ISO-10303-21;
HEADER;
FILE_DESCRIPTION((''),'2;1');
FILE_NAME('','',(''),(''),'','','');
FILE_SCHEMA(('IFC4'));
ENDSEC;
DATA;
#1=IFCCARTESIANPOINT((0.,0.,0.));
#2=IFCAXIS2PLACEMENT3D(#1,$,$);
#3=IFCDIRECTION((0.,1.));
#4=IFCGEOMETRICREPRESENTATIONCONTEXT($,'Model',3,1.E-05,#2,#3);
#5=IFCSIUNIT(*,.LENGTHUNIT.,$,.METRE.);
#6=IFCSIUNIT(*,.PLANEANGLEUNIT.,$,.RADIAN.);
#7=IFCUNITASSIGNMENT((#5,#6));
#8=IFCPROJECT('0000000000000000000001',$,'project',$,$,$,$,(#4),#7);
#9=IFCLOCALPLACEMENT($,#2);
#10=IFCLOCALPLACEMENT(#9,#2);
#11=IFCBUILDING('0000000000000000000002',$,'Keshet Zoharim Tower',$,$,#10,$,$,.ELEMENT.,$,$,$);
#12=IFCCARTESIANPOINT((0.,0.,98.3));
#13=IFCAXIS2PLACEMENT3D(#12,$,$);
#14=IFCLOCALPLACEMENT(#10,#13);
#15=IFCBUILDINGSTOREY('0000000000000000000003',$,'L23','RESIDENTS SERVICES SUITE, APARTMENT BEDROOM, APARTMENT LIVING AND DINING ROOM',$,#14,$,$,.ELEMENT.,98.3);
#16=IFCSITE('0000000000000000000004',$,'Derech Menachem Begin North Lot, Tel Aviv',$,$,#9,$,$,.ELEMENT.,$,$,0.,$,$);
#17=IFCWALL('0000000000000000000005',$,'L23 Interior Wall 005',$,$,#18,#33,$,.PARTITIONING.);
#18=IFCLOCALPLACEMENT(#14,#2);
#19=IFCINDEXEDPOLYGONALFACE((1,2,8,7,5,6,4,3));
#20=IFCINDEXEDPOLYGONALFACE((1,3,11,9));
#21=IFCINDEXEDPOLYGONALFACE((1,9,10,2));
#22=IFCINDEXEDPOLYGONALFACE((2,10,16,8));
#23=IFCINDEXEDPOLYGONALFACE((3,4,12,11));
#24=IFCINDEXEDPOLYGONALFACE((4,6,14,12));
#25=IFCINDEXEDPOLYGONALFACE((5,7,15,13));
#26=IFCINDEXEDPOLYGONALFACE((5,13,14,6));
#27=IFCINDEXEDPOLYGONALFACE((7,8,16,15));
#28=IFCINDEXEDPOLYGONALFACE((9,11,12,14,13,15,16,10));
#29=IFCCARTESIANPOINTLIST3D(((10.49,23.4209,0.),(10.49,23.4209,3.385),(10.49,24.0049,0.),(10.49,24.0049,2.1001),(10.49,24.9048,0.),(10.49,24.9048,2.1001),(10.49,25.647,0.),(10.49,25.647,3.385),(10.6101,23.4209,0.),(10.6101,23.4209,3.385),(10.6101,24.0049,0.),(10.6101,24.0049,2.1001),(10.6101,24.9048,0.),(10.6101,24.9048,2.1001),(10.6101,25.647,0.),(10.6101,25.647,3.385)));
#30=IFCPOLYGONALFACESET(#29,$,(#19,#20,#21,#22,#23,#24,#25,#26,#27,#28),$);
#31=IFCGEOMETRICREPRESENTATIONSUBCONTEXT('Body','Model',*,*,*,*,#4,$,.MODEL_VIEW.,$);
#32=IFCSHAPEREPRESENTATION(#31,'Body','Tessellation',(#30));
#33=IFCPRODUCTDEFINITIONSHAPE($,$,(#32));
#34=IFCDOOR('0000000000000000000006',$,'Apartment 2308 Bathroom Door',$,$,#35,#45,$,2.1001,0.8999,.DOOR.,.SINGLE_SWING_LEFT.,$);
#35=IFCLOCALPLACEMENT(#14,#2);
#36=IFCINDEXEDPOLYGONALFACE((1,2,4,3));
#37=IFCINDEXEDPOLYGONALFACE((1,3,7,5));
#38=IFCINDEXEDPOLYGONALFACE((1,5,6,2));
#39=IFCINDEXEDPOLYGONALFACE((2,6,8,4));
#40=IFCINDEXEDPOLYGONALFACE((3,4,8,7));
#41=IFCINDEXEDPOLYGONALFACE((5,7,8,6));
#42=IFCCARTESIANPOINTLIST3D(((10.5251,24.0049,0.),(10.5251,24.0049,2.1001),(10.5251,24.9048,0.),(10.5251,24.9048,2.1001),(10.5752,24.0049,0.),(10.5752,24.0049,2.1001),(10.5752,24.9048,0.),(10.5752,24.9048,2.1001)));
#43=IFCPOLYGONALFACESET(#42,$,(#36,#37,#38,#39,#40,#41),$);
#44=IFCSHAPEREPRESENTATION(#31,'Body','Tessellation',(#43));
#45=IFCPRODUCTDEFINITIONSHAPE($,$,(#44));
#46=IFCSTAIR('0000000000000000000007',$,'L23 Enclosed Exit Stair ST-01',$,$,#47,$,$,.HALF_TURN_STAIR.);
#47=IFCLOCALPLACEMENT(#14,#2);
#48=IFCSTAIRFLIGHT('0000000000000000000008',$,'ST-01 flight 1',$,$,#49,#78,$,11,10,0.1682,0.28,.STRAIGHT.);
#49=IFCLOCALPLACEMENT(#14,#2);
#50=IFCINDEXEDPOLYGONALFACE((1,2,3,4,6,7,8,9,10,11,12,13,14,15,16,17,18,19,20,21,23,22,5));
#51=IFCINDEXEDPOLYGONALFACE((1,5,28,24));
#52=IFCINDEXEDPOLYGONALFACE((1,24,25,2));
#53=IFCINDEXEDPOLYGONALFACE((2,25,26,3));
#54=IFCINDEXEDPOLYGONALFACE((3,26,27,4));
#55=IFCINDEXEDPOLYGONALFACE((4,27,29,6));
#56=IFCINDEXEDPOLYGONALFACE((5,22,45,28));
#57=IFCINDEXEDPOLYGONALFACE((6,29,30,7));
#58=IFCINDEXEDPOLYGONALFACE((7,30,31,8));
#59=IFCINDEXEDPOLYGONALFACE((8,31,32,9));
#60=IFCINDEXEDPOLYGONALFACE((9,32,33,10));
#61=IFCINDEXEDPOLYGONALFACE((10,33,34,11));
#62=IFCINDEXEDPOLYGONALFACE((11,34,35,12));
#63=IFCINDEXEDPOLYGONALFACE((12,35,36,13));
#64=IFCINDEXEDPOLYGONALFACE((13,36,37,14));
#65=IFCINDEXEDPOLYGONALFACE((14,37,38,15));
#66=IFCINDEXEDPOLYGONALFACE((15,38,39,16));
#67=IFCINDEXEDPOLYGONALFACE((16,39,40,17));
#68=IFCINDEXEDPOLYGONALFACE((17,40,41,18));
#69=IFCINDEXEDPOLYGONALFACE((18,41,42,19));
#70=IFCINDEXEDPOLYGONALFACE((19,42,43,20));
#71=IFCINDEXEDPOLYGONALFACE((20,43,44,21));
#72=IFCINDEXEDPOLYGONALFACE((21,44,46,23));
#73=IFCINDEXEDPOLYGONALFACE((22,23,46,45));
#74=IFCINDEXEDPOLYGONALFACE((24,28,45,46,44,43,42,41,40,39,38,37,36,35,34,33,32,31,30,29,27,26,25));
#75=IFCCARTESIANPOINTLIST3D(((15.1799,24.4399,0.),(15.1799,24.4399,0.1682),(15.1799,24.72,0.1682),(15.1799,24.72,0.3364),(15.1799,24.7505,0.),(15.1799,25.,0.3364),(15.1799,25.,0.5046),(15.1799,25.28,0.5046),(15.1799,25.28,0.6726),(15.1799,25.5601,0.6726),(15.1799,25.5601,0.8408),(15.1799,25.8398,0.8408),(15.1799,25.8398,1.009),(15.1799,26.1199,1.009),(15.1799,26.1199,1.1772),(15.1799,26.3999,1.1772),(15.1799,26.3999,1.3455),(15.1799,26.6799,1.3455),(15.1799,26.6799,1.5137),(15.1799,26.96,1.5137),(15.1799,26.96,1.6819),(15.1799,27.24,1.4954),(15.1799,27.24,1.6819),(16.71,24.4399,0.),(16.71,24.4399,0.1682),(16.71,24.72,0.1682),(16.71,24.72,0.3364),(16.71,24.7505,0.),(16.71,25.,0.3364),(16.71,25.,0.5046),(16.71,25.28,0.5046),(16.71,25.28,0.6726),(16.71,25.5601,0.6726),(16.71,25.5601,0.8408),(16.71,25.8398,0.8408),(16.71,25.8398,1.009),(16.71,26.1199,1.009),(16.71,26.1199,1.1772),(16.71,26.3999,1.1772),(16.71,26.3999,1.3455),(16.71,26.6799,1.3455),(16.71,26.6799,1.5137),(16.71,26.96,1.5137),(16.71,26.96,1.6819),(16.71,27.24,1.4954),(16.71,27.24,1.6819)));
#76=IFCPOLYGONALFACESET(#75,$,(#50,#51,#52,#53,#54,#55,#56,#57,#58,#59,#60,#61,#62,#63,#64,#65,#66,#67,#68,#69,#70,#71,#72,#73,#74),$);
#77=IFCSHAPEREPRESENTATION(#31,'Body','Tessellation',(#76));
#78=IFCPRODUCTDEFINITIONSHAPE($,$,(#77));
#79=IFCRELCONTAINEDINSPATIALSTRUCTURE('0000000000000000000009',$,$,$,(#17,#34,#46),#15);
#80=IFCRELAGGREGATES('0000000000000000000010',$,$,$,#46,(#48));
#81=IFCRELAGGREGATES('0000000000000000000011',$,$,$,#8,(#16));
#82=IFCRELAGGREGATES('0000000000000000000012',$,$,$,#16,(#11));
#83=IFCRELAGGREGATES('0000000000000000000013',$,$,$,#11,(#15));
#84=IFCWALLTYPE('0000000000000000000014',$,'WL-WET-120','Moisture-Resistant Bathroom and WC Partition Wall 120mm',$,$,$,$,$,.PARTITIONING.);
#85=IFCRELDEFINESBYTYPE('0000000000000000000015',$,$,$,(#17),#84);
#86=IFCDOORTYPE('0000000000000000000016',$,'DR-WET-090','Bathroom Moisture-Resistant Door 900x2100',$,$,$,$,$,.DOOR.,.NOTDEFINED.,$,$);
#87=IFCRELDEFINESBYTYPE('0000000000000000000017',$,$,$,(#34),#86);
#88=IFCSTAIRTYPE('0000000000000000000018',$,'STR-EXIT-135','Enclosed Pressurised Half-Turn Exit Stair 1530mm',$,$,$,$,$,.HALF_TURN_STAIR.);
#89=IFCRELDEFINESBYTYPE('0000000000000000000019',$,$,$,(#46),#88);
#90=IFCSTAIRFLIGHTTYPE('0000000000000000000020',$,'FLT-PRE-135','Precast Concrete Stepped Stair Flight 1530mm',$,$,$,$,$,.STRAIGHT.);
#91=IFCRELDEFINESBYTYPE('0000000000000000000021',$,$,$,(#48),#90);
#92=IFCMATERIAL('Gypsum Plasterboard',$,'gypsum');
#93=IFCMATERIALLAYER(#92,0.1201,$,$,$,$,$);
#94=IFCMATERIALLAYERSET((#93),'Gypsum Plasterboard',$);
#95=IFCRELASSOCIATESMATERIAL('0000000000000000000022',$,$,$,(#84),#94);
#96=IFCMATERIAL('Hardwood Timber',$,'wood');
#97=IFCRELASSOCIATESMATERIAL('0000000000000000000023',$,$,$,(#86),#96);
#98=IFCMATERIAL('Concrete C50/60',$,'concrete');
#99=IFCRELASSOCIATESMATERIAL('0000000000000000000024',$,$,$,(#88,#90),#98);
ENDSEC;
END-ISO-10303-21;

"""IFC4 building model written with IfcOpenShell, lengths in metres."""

from ifc_helpers import new_model, si_unit, direction, frame, frame_2d, origin, place, context, subcontext, project, spatial, polyline, rectangle, outline, extrude, material, layer, layer_set, type_object, element, fill, aggregate, save


model = new_model("IFC4")

# Units and contexts
model_context = context("Model", 3, precision=1e-05, world=origin(), true_north=direction((0.0, 1.0)))
body_context = subcontext(model_context, "Body", "Model", "MODEL_VIEW")
ifc_project = project(units=[si_unit("LENGTHUNIT", "METRE"), si_unit("PLANEANGLEUNIT", "RADIAN")], contexts=[model_context])

# Site, building, storey
site_placement = place(None, origin())
site = spatial("IfcSite", under=ifc_project, at=site_placement, Name="Derech Menachem Begin North Lot, Tel Aviv", CompositionType="ELEMENT", RefElevation=0.0)
building_placement = place(site_placement, origin())
building = spatial("IfcBuilding", under=site, at=building_placement, Name="Keshet Zoharim Tower", CompositionType="ELEMENT")
storey_placement = place(building_placement, frame((0.0, 0.0, 98.3)))
storey = spatial("IfcBuildingStorey", under=building, at=storey_placement, Name="L23", Description="RESIDENTS SERVICES SUITE, APARTMENT BEDROOM, APARTMENT LIVING AND DINING ROOM", CompositionType="ELEMENT", Elevation=98.3)

# Shared definitions
ifc_material_1 = material(Name="Hardwood Timber", Category="wood")

# Shared definitions
ifc_material_2 = material(Name="Gypsum Plasterboard", Category="gypsum")

# Shared definitions
ifc_material_3 = material(Name="Concrete C50/60", Category="concrete")

# Wall, opening, door
ifc_layer_1 = layer(ifc_material_2, 0.1201)
ifc_layer_set_1 = layer_set([ifc_layer_1], Name="Gypsum Plasterboard")
wall_type_1 = type_object("IfcWallType", Name="WL-WET-120", Description="Moisture-Resistant Bathroom and WC Partition Wall 120mm", PredefinedType="PARTITIONING", material=ifc_layer_set_1)
wall_1_placement = place(storey_placement, frame((10.55, 23.4209, 0.0), z_axis=(0.0, 0.0, 1.0), x_axis=(0.0, 1.0, 0.0)))
wall_1 = element("IfcWall", 1, at=wall_1_placement, inside=storey, type_object=wall_type_1, Name="L23 Interior Wall 005", PredefinedType="PARTITIONING", context=body_context, shape_type="SweptSolid", body=[
    extrude(rectangle(XDim=2.2261, YDim=0.1201, at=frame_2d((1.113, 0.0))), origin(), (0.0, 0.0, 1.0), 3.385),
])
opening_1_placement = place(wall_1_placement, frame((0.584, 0.0, 0.0)))
opening_1 = element("IfcOpeningElement", 2, at=opening_1_placement, cuts=wall_1, PredefinedType="OPENING", context=body_context, shape_type="SweptSolid", body=[
    extrude(rectangle(XDim=0.8999, YDim=2.1001, at=frame_2d((0.45, 1.05))), frame((0.0, 0.0701, 0.0), z_axis=(0.0, -1.0, 0.0), x_axis=(1.0, 0.0, 0.0)), (0.0, 0.0, 1.0), 0.1401),
])
door_type_1 = type_object("IfcDoorType", Name="DR-WET-090", Description="Bathroom Moisture-Resistant Door 900x2100", OperationType="NOTDEFINED", PredefinedType="DOOR", material=ifc_material_1)
door_1_placement = place(opening_1_placement, origin())
door_1 = element("IfcDoor", 3, at=door_1_placement, inside=storey, type_object=door_type_1, Name="Apartment 2308 Bathroom Door", OperationType="SINGLE_SWING_LEFT", OverallHeight=2.1001, OverallWidth=0.8999, PredefinedType="DOOR", context=body_context, shape_type="SweptSolid", body=[
    extrude(rectangle(XDim=0.8999, YDim=2.1001, at=frame_2d((0.45, 1.05))), frame((0.0, 0.0249, 0.0), z_axis=(0.0, -1.0, 0.0), x_axis=(1.0, 0.0, 0.0)), (0.0, 0.0, 1.0), 0.05),
])
fill(opening_1, door_1)

# Stair, stair flight
stair_type = type_object("IfcStairType", Name="STR-EXIT-135", Description="Enclosed Pressurised Half-Turn Exit Stair 1530mm", PredefinedType="HALF_TURN_STAIR", material=ifc_material_3)
stair_placement = place(storey_placement, origin())
stair = element("IfcStair", 4, at=stair_placement, inside=storey, type_object=stair_type, Name="L23 Enclosed Exit Stair ST-01", PredefinedType="HALF_TURN_STAIR")
stair_flight_type = type_object("IfcStairFlightType", Name="FLT-PRE-135", Description="Precast Concrete Stepped Stair Flight 1530mm", PredefinedType="STRAIGHT", material=ifc_material_3)
stair_flight_placement = place(storey_placement, frame((15.9451, 24.4399, 0.0), z_axis=(0.0, 0.0, 1.0), x_axis=(0.0, 1.0, 0.0)))
stair_flight = element("IfcStairFlight", 5, at=stair_flight_placement, type_object=stair_flight_type, Name="ST-01 flight 1", NumberOfRisers=11, NumberOfTreads=10, PredefinedType="STRAIGHT", RiserHeight=0.1682, TreadLength=0.28, context=body_context, shape_type="SweptSolid", body=[
    extrude(outline(polyline([(0.0, 0.0), (0.0, 0.1682), (0.28, 0.1682), (0.28, 0.3364), (0.5601, 0.3364), (0.5601, 0.5046), (0.8401, 0.5046), (0.8401, 0.6726), (1.1201, 0.6726), (1.1201, 0.8408), (1.3999, 0.8408), (1.3999, 1.009), (1.6799, 1.009), (1.6799, 1.1772), (1.96, 1.1772), (1.96, 1.3455), (2.24, 1.3455), (2.24, 1.5137), (2.52, 1.5137), (2.52, 1.6819), (2.8, 1.6819), (2.8, 1.8501), (2.8, 1.4954), (0.3105, 0.0), (0.0, 0.0)])), frame((0.0, 0.7651, 0.0), z_axis=(0.0, -1.0, 0.0), x_axis=(1.0, 0.0, 0.0)), (0.0, 0.0, 1.0), 1.53),
])
aggregate(stair, [stair_flight])

save(model, "model.ifc")
